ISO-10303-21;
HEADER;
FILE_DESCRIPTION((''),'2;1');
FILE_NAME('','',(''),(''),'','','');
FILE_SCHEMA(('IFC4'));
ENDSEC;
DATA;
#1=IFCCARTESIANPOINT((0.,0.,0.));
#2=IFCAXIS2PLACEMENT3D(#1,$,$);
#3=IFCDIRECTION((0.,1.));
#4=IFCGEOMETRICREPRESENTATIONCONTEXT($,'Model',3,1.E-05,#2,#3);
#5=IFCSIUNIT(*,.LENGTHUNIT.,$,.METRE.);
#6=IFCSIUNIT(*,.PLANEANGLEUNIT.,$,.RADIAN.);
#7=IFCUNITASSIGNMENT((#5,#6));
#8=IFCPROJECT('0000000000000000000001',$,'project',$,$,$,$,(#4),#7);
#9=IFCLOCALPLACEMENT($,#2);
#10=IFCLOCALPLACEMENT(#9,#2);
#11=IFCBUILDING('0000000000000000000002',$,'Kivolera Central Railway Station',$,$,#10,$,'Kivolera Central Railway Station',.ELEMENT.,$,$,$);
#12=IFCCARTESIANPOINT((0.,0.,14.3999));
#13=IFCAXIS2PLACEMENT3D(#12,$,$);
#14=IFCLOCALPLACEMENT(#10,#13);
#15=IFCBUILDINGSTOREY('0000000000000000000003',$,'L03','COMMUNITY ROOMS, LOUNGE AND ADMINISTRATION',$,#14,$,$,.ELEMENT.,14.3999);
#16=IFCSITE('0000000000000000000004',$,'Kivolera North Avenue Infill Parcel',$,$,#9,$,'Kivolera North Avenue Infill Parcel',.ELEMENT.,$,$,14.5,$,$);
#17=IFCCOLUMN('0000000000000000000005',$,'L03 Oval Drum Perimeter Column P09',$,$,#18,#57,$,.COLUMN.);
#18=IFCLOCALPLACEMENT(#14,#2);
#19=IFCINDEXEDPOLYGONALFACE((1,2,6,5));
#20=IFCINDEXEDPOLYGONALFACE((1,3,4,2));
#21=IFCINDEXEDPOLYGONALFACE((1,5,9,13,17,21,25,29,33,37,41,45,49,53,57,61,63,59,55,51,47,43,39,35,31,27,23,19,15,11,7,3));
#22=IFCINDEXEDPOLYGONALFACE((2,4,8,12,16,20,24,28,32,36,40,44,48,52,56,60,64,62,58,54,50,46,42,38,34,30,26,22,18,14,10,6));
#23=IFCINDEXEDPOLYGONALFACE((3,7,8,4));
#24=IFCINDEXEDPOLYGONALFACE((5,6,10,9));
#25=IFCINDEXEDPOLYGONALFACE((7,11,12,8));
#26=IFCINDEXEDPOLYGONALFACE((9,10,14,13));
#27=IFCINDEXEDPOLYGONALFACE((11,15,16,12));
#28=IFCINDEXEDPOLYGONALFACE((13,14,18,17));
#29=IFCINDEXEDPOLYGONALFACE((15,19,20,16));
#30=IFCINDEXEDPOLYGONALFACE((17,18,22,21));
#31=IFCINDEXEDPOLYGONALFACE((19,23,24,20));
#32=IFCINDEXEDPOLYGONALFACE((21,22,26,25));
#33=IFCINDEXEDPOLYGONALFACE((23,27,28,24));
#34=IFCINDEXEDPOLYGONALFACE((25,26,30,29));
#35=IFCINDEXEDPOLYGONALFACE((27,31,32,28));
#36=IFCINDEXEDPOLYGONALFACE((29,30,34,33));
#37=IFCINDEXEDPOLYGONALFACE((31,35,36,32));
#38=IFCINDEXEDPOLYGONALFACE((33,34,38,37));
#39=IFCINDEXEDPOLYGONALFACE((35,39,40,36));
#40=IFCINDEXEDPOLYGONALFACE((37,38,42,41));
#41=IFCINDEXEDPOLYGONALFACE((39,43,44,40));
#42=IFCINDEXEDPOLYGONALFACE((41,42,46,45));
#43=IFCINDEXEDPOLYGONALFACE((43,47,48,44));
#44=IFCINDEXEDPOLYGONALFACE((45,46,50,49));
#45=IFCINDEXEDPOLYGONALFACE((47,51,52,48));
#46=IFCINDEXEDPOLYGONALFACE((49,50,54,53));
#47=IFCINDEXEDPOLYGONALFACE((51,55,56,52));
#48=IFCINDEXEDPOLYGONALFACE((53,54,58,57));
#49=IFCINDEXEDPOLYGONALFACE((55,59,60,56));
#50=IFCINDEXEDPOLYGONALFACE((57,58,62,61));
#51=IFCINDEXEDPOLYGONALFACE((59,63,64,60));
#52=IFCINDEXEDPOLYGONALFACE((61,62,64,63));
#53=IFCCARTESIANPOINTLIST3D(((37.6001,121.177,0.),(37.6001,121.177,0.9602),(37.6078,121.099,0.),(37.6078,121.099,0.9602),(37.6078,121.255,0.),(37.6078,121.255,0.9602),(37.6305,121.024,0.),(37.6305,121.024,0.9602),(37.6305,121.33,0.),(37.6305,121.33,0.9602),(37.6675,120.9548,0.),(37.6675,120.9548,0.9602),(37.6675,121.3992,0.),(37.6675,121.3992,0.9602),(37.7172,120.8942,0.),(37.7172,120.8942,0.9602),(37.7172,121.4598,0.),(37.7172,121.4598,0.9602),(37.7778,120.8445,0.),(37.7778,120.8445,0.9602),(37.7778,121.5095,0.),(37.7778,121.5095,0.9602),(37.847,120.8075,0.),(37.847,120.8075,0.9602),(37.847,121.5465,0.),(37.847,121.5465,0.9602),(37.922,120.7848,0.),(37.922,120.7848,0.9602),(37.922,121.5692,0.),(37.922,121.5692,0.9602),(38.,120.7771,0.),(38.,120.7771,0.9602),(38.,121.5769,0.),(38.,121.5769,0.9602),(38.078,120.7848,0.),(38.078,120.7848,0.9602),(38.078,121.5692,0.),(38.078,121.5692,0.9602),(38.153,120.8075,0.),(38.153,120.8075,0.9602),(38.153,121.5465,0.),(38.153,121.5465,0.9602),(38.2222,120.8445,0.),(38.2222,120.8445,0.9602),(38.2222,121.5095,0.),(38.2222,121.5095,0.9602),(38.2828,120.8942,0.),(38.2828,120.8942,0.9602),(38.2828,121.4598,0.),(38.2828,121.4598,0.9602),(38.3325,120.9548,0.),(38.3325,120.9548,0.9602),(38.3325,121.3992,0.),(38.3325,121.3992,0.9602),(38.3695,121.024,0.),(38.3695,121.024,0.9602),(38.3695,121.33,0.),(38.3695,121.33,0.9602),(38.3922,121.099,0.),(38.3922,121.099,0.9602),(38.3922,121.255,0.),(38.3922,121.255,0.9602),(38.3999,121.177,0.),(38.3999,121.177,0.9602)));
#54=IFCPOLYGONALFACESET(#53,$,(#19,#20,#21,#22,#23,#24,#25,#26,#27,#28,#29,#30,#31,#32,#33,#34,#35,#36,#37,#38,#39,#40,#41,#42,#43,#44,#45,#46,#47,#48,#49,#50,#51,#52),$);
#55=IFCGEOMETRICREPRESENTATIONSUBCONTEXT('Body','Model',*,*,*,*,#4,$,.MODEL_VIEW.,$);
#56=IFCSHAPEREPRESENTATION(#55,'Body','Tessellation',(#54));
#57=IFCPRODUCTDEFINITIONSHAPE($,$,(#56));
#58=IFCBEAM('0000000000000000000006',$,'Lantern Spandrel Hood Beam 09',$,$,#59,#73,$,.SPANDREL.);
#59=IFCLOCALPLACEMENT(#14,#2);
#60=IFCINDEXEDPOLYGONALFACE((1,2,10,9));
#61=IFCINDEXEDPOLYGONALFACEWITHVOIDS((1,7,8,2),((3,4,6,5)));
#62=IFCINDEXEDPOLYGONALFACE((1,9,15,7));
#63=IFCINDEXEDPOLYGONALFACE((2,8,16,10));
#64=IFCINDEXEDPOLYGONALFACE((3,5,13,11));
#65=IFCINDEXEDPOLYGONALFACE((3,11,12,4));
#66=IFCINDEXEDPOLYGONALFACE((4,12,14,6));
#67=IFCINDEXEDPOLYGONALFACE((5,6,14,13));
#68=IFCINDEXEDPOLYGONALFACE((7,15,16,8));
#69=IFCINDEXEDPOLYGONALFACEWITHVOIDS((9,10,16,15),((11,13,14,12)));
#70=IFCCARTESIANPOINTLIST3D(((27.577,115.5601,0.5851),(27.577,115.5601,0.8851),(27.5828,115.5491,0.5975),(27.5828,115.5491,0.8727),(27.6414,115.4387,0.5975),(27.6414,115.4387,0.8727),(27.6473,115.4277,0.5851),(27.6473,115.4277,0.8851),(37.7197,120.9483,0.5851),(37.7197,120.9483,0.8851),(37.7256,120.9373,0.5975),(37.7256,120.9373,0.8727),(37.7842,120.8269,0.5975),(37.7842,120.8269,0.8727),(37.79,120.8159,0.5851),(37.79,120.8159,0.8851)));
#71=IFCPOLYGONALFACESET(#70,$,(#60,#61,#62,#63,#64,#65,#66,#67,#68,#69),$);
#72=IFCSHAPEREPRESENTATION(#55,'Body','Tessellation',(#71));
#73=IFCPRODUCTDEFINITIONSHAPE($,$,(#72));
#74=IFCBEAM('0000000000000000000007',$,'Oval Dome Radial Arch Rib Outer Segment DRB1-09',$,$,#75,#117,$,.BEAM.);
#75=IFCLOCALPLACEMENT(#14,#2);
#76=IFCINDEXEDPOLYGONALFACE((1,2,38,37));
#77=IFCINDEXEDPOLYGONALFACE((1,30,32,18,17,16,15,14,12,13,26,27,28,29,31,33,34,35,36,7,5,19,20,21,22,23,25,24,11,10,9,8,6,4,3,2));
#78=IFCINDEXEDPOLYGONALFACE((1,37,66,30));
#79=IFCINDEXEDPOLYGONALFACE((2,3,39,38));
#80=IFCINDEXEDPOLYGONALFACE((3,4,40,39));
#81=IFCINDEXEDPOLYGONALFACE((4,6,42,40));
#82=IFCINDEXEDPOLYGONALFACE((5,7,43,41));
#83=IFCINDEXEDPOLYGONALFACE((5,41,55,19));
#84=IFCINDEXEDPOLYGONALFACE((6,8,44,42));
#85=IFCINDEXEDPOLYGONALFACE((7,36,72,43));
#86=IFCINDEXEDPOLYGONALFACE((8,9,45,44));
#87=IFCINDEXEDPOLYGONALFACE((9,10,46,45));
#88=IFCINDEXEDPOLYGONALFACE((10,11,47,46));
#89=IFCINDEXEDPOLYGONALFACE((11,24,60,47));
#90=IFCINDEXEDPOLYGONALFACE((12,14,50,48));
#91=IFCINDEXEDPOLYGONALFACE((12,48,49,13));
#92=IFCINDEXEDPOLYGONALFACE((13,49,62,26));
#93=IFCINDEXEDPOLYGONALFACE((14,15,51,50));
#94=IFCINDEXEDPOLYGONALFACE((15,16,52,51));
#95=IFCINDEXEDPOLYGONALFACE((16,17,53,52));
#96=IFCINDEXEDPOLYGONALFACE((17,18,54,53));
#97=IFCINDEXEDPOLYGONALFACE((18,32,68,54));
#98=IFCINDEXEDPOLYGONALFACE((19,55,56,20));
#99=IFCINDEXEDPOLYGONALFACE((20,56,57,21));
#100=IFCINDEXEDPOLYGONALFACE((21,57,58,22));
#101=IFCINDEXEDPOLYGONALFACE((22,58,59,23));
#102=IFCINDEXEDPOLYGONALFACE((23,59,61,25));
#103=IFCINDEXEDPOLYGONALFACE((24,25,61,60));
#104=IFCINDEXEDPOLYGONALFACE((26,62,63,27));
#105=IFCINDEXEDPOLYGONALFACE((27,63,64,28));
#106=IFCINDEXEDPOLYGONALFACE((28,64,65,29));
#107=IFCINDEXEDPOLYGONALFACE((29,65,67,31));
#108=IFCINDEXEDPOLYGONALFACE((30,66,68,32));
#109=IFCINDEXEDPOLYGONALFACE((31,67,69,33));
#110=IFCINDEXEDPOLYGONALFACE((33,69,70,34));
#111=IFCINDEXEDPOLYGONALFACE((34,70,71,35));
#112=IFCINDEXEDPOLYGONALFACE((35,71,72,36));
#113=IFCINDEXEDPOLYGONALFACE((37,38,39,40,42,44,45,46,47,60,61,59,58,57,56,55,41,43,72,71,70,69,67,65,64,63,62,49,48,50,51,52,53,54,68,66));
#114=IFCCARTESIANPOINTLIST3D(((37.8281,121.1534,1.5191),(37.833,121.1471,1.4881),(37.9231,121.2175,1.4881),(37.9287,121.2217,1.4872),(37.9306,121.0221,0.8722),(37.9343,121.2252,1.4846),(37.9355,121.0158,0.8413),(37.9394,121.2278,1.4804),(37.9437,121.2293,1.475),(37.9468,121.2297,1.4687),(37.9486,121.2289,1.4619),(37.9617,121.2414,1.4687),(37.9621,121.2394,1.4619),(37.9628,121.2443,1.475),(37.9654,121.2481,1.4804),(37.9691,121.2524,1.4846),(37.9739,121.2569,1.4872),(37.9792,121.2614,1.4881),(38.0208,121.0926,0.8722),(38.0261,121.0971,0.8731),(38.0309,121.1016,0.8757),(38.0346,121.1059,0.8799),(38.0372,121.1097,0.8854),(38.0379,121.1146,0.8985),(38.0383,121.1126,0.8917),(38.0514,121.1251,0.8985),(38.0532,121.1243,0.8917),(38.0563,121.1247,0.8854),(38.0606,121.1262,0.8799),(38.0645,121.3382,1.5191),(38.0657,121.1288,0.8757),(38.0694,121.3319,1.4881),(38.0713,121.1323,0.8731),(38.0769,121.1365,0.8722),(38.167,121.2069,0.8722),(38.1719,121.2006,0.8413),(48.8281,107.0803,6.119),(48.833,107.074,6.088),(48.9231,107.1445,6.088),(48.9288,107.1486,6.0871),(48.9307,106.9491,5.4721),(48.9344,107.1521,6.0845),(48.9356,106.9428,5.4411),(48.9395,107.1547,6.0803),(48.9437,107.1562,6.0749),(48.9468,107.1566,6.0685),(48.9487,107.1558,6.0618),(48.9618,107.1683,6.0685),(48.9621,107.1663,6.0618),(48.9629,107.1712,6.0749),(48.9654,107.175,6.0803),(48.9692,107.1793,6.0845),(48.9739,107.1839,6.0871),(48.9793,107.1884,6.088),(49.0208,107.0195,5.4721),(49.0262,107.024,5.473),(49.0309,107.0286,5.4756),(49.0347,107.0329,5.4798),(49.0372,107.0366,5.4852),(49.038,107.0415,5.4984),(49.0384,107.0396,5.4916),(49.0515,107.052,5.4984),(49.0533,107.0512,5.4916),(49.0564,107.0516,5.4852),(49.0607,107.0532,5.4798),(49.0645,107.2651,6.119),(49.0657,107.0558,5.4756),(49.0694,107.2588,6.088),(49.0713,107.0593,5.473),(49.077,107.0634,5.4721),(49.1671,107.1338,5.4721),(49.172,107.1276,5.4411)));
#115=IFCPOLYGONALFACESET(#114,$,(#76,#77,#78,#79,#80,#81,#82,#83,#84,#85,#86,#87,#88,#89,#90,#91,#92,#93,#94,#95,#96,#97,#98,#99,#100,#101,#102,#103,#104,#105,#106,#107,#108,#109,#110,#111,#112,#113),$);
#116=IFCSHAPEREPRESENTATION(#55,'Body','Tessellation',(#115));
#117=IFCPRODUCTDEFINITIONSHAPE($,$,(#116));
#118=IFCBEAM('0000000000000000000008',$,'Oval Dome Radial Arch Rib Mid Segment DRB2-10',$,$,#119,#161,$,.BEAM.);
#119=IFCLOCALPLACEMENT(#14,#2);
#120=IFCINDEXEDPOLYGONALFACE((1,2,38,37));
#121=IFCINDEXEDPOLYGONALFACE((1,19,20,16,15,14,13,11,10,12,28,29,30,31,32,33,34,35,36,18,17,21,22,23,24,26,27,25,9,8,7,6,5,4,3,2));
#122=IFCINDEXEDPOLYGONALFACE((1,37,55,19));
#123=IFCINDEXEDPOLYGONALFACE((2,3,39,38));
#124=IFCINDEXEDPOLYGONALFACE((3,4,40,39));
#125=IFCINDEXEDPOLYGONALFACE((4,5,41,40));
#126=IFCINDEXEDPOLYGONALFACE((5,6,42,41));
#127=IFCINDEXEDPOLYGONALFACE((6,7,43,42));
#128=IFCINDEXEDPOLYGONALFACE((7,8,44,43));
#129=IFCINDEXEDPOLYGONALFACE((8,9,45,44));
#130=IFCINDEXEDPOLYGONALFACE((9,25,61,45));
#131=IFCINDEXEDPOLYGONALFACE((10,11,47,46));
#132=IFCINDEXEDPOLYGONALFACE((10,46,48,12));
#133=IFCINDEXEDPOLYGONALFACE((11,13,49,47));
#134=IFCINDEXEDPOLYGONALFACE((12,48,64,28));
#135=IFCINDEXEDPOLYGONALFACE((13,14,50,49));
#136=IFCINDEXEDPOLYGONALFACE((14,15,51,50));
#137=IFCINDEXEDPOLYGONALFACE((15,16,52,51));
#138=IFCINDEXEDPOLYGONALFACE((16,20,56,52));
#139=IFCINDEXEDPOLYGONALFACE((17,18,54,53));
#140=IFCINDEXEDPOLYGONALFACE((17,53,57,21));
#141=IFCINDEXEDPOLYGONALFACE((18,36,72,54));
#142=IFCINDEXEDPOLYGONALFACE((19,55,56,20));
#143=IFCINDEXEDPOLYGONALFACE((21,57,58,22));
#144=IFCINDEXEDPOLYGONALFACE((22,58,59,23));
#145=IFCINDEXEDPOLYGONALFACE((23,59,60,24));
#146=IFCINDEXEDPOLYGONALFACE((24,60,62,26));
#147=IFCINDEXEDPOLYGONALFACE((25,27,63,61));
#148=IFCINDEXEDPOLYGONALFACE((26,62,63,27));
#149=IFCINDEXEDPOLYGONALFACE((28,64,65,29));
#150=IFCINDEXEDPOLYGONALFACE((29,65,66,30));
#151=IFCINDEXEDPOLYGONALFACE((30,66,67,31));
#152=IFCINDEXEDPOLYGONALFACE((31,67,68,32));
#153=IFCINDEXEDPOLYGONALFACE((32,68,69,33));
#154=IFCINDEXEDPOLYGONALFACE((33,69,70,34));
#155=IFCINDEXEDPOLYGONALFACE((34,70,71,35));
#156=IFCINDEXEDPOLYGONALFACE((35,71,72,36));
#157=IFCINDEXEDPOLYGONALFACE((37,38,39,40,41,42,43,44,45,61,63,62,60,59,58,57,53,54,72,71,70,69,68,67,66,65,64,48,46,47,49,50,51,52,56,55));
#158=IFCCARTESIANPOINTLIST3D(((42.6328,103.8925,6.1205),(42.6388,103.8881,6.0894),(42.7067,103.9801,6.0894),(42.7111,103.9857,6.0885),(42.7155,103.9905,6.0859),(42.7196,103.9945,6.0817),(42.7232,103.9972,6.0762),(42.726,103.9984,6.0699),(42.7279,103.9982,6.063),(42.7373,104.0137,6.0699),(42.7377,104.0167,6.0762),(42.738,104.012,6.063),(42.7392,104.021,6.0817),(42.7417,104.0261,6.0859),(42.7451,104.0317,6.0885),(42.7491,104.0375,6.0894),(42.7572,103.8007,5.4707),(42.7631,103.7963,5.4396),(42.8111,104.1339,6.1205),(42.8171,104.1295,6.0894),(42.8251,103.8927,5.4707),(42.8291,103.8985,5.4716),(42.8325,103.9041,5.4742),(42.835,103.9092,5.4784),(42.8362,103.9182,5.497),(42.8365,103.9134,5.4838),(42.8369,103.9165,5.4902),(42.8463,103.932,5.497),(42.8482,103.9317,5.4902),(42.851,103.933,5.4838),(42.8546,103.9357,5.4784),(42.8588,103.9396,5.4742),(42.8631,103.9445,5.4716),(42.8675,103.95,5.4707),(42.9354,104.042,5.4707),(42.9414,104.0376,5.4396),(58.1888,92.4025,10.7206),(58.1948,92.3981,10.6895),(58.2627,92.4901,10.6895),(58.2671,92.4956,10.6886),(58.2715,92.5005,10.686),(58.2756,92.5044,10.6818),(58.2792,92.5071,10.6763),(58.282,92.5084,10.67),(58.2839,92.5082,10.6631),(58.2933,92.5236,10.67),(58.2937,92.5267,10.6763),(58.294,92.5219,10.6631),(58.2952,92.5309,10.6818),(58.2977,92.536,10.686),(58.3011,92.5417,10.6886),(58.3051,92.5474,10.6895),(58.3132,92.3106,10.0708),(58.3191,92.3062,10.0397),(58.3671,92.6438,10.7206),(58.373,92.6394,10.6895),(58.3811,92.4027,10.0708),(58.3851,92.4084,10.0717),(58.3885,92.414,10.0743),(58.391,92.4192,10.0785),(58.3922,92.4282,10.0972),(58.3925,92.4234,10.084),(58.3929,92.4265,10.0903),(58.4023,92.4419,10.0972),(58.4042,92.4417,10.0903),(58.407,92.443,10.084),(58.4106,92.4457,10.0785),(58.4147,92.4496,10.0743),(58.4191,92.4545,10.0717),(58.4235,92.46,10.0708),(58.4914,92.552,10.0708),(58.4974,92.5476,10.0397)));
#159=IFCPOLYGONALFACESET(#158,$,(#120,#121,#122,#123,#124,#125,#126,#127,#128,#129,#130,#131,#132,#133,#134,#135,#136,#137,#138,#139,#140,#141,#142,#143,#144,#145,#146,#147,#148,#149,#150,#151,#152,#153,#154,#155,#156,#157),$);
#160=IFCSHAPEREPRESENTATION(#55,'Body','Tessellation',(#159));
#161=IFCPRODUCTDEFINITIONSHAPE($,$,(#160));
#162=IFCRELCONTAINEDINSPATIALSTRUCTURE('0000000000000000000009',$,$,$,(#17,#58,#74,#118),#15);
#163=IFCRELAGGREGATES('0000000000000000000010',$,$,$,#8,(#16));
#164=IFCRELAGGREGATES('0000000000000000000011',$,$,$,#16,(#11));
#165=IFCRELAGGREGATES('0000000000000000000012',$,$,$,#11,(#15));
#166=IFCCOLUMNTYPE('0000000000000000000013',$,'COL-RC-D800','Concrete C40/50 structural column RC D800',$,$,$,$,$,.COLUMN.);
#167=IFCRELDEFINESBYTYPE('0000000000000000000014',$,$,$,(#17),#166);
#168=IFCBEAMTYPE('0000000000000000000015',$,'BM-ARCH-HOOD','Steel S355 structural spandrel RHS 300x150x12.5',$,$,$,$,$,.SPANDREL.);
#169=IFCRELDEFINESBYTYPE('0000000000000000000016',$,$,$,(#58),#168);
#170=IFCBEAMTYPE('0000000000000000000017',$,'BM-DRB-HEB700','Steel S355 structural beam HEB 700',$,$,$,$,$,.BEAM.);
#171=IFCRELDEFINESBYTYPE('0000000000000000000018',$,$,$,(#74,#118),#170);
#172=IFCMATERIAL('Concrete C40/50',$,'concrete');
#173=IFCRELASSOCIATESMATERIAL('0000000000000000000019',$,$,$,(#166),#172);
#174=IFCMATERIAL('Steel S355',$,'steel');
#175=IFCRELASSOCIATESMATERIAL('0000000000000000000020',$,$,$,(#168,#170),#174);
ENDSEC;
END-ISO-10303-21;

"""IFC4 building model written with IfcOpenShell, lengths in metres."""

from ifc_helpers import new_model, si_unit, direction, frame, origin, origin_2d, place, context, subcontext, project, spatial, hollow_rectangle, circle, i_section, extrude, material, material_profile, profile_set, type_object, element, save


model = new_model("IFC4")

# Units and contexts
model_context = context("Model", 3, precision=1e-05, world=origin(), true_north=direction((0.0, 1.0)))
body_context = subcontext(model_context, "Body", "Model", "MODEL_VIEW")
ifc_project = project(units=[si_unit("LENGTHUNIT", "METRE"), si_unit("PLANEANGLEUNIT", "RADIAN")], contexts=[model_context])

# Site, building, storey
site_placement = place(None, origin())
site = spatial("IfcSite", under=ifc_project, at=site_placement, Name="Kivolera North Avenue Infill Parcel", LongName="Kivolera North Avenue Infill Parcel", CompositionType="ELEMENT", RefElevation=14.5)
building_placement = place(site_placement, origin())
building = spatial("IfcBuilding", under=site, at=building_placement, Name="Kivolera Central Railway Station", LongName="Kivolera Central Railway Station", CompositionType="ELEMENT")
storey_placement = place(building_placement, frame((0.0, 0.0, 14.3999)))
storey = spatial("IfcBuildingStorey", under=building, at=storey_placement, Name="L03", Description="COMMUNITY ROOMS, LOUNGE AND ADMINISTRATION", CompositionType="ELEMENT", Elevation=14.3999)

# Column
ifc_material_1 = material(Name="Concrete C40/50", Category="concrete")
ifc_material_profile_1 = material_profile(ifc_material_1, circle(Radius=0.3999, at=origin_2d()), Name="RC D800")
ifc_profile_set_1 = profile_set([ifc_material_profile_1], Name="Concrete C40/50")
column_type = type_object("IfcColumnType", Name="COL-RC-D800", Description="Concrete C40/50 structural column RC D800", PredefinedType="COLUMN", material=ifc_profile_set_1)
column_placement = place(storey_placement, frame((38.0, 121.177, 0.0), z_axis=(0.0, 0.0, 1.0), x_axis=(1.0, 0.0, 0.0)))
element("IfcColumn", 1, at=column_placement, inside=storey, type_object=column_type, Name="L03 Oval Drum Perimeter Column P09", PredefinedType="COLUMN", context=body_context, shape_type="SweptSolid", body=[
    extrude(circle(Radius=0.3999, at=origin_2d()), origin(), (0.0, 0.0, 1.0), 0.9602),
])

# Beams
ifc_material_2 = material(Name="Steel S355", Category="steel")
ifc_material_profile_2 = material_profile(ifc_material_2, hollow_rectangle(XDim=0.1499, YDim=0.3, WallThickness=0.0125, at=origin_2d()), Name="RHS 300x150x12.5")
ifc_profile_set_2 = profile_set([ifc_material_profile_2], Name="Steel S355")
beam_type_1 = type_object("IfcBeamType", Name="BM-ARCH-HOOD", Description="Steel S355 structural spandrel RHS 300x150x12.5", PredefinedType="SPANDREL", material=ifc_profile_set_2)
beam_1_placement = place(storey_placement, frame((37.7549, 120.8821, 0.7351), z_axis=(-0.883123, -0.469142, 0.0), x_axis=(0.469142, -0.883123, 0.0)))
element("IfcBeam", 2, at=beam_1_placement, inside=storey, type_object=beam_type_1, Name="Lantern Spandrel Hood Beam 09", PredefinedType="SPANDREL", context=body_context, shape_type="SweptSolid", body=[
    extrude(hollow_rectangle(XDim=0.1499, YDim=0.3, WallThickness=0.0125, at=origin_2d()), origin(), (0.0, 0.0, 1.0), 11.4851),
])
ifc_material_profile_3 = material_profile(ifc_material_2, i_section(OverallWidth=0.3, OverallDepth=0.7, WebThickness=0.0171, FlangeThickness=0.032, FilletRadius=0.0271, at=origin_2d()), Name="HEB 700")
ifc_profile_set_3 = profile_set([ifc_material_profile_3], Name="Steel S355")
beam_type_2 = type_object("IfcBeamType", Name="BM-DRB-HEB700", Description="Steel S355 structural beam HEB 700", PredefinedType="BEAM", material=ifc_profile_set_3)
beam_2_placement = place(storey_placement, frame((38.0, 121.177, 1.1802), z_axis=(0.596376, -0.762982, 0.249386), x_axis=(0.787876, 0.615834, 0.0)))
element("IfcBeam", 3, at=beam_2_placement, inside=storey, type_object=beam_type_2, Name="Oval Dome Radial Arch Rib Outer Segment DRB1-09", PredefinedType="BEAM", context=body_context, shape_type="SweptSolid", body=[
    extrude(i_section(OverallWidth=0.3, OverallDepth=0.7, WebThickness=0.0171, FlangeThickness=0.032, FilletRadius=0.0271, at=origin_2d()), origin(), (0.0, 0.0, 1.0), 18.4448),
])
beam_3_placement = place(storey_placement, frame((42.7871, 103.9651, 5.78), z_axis=(0.782537, -0.578002, 0.231407), x_axis=(0.594128, 0.80437, 0.0)))
element("IfcBeam", 4, at=beam_3_placement, inside=storey, type_object=beam_type_2, Name="Oval Dome Radial Arch Rib Mid Segment DRB2-10", PredefinedType="BEAM", context=body_context, shape_type="SweptSolid", body=[
    extrude(i_section(OverallWidth=0.3, OverallDepth=0.7, WebThickness=0.0171, FlangeThickness=0.032, FilletRadius=0.0271, at=origin_2d()), origin(), (0.0, 0.0, 1.0), 19.8789),
])

save(model, "model.ifc")
